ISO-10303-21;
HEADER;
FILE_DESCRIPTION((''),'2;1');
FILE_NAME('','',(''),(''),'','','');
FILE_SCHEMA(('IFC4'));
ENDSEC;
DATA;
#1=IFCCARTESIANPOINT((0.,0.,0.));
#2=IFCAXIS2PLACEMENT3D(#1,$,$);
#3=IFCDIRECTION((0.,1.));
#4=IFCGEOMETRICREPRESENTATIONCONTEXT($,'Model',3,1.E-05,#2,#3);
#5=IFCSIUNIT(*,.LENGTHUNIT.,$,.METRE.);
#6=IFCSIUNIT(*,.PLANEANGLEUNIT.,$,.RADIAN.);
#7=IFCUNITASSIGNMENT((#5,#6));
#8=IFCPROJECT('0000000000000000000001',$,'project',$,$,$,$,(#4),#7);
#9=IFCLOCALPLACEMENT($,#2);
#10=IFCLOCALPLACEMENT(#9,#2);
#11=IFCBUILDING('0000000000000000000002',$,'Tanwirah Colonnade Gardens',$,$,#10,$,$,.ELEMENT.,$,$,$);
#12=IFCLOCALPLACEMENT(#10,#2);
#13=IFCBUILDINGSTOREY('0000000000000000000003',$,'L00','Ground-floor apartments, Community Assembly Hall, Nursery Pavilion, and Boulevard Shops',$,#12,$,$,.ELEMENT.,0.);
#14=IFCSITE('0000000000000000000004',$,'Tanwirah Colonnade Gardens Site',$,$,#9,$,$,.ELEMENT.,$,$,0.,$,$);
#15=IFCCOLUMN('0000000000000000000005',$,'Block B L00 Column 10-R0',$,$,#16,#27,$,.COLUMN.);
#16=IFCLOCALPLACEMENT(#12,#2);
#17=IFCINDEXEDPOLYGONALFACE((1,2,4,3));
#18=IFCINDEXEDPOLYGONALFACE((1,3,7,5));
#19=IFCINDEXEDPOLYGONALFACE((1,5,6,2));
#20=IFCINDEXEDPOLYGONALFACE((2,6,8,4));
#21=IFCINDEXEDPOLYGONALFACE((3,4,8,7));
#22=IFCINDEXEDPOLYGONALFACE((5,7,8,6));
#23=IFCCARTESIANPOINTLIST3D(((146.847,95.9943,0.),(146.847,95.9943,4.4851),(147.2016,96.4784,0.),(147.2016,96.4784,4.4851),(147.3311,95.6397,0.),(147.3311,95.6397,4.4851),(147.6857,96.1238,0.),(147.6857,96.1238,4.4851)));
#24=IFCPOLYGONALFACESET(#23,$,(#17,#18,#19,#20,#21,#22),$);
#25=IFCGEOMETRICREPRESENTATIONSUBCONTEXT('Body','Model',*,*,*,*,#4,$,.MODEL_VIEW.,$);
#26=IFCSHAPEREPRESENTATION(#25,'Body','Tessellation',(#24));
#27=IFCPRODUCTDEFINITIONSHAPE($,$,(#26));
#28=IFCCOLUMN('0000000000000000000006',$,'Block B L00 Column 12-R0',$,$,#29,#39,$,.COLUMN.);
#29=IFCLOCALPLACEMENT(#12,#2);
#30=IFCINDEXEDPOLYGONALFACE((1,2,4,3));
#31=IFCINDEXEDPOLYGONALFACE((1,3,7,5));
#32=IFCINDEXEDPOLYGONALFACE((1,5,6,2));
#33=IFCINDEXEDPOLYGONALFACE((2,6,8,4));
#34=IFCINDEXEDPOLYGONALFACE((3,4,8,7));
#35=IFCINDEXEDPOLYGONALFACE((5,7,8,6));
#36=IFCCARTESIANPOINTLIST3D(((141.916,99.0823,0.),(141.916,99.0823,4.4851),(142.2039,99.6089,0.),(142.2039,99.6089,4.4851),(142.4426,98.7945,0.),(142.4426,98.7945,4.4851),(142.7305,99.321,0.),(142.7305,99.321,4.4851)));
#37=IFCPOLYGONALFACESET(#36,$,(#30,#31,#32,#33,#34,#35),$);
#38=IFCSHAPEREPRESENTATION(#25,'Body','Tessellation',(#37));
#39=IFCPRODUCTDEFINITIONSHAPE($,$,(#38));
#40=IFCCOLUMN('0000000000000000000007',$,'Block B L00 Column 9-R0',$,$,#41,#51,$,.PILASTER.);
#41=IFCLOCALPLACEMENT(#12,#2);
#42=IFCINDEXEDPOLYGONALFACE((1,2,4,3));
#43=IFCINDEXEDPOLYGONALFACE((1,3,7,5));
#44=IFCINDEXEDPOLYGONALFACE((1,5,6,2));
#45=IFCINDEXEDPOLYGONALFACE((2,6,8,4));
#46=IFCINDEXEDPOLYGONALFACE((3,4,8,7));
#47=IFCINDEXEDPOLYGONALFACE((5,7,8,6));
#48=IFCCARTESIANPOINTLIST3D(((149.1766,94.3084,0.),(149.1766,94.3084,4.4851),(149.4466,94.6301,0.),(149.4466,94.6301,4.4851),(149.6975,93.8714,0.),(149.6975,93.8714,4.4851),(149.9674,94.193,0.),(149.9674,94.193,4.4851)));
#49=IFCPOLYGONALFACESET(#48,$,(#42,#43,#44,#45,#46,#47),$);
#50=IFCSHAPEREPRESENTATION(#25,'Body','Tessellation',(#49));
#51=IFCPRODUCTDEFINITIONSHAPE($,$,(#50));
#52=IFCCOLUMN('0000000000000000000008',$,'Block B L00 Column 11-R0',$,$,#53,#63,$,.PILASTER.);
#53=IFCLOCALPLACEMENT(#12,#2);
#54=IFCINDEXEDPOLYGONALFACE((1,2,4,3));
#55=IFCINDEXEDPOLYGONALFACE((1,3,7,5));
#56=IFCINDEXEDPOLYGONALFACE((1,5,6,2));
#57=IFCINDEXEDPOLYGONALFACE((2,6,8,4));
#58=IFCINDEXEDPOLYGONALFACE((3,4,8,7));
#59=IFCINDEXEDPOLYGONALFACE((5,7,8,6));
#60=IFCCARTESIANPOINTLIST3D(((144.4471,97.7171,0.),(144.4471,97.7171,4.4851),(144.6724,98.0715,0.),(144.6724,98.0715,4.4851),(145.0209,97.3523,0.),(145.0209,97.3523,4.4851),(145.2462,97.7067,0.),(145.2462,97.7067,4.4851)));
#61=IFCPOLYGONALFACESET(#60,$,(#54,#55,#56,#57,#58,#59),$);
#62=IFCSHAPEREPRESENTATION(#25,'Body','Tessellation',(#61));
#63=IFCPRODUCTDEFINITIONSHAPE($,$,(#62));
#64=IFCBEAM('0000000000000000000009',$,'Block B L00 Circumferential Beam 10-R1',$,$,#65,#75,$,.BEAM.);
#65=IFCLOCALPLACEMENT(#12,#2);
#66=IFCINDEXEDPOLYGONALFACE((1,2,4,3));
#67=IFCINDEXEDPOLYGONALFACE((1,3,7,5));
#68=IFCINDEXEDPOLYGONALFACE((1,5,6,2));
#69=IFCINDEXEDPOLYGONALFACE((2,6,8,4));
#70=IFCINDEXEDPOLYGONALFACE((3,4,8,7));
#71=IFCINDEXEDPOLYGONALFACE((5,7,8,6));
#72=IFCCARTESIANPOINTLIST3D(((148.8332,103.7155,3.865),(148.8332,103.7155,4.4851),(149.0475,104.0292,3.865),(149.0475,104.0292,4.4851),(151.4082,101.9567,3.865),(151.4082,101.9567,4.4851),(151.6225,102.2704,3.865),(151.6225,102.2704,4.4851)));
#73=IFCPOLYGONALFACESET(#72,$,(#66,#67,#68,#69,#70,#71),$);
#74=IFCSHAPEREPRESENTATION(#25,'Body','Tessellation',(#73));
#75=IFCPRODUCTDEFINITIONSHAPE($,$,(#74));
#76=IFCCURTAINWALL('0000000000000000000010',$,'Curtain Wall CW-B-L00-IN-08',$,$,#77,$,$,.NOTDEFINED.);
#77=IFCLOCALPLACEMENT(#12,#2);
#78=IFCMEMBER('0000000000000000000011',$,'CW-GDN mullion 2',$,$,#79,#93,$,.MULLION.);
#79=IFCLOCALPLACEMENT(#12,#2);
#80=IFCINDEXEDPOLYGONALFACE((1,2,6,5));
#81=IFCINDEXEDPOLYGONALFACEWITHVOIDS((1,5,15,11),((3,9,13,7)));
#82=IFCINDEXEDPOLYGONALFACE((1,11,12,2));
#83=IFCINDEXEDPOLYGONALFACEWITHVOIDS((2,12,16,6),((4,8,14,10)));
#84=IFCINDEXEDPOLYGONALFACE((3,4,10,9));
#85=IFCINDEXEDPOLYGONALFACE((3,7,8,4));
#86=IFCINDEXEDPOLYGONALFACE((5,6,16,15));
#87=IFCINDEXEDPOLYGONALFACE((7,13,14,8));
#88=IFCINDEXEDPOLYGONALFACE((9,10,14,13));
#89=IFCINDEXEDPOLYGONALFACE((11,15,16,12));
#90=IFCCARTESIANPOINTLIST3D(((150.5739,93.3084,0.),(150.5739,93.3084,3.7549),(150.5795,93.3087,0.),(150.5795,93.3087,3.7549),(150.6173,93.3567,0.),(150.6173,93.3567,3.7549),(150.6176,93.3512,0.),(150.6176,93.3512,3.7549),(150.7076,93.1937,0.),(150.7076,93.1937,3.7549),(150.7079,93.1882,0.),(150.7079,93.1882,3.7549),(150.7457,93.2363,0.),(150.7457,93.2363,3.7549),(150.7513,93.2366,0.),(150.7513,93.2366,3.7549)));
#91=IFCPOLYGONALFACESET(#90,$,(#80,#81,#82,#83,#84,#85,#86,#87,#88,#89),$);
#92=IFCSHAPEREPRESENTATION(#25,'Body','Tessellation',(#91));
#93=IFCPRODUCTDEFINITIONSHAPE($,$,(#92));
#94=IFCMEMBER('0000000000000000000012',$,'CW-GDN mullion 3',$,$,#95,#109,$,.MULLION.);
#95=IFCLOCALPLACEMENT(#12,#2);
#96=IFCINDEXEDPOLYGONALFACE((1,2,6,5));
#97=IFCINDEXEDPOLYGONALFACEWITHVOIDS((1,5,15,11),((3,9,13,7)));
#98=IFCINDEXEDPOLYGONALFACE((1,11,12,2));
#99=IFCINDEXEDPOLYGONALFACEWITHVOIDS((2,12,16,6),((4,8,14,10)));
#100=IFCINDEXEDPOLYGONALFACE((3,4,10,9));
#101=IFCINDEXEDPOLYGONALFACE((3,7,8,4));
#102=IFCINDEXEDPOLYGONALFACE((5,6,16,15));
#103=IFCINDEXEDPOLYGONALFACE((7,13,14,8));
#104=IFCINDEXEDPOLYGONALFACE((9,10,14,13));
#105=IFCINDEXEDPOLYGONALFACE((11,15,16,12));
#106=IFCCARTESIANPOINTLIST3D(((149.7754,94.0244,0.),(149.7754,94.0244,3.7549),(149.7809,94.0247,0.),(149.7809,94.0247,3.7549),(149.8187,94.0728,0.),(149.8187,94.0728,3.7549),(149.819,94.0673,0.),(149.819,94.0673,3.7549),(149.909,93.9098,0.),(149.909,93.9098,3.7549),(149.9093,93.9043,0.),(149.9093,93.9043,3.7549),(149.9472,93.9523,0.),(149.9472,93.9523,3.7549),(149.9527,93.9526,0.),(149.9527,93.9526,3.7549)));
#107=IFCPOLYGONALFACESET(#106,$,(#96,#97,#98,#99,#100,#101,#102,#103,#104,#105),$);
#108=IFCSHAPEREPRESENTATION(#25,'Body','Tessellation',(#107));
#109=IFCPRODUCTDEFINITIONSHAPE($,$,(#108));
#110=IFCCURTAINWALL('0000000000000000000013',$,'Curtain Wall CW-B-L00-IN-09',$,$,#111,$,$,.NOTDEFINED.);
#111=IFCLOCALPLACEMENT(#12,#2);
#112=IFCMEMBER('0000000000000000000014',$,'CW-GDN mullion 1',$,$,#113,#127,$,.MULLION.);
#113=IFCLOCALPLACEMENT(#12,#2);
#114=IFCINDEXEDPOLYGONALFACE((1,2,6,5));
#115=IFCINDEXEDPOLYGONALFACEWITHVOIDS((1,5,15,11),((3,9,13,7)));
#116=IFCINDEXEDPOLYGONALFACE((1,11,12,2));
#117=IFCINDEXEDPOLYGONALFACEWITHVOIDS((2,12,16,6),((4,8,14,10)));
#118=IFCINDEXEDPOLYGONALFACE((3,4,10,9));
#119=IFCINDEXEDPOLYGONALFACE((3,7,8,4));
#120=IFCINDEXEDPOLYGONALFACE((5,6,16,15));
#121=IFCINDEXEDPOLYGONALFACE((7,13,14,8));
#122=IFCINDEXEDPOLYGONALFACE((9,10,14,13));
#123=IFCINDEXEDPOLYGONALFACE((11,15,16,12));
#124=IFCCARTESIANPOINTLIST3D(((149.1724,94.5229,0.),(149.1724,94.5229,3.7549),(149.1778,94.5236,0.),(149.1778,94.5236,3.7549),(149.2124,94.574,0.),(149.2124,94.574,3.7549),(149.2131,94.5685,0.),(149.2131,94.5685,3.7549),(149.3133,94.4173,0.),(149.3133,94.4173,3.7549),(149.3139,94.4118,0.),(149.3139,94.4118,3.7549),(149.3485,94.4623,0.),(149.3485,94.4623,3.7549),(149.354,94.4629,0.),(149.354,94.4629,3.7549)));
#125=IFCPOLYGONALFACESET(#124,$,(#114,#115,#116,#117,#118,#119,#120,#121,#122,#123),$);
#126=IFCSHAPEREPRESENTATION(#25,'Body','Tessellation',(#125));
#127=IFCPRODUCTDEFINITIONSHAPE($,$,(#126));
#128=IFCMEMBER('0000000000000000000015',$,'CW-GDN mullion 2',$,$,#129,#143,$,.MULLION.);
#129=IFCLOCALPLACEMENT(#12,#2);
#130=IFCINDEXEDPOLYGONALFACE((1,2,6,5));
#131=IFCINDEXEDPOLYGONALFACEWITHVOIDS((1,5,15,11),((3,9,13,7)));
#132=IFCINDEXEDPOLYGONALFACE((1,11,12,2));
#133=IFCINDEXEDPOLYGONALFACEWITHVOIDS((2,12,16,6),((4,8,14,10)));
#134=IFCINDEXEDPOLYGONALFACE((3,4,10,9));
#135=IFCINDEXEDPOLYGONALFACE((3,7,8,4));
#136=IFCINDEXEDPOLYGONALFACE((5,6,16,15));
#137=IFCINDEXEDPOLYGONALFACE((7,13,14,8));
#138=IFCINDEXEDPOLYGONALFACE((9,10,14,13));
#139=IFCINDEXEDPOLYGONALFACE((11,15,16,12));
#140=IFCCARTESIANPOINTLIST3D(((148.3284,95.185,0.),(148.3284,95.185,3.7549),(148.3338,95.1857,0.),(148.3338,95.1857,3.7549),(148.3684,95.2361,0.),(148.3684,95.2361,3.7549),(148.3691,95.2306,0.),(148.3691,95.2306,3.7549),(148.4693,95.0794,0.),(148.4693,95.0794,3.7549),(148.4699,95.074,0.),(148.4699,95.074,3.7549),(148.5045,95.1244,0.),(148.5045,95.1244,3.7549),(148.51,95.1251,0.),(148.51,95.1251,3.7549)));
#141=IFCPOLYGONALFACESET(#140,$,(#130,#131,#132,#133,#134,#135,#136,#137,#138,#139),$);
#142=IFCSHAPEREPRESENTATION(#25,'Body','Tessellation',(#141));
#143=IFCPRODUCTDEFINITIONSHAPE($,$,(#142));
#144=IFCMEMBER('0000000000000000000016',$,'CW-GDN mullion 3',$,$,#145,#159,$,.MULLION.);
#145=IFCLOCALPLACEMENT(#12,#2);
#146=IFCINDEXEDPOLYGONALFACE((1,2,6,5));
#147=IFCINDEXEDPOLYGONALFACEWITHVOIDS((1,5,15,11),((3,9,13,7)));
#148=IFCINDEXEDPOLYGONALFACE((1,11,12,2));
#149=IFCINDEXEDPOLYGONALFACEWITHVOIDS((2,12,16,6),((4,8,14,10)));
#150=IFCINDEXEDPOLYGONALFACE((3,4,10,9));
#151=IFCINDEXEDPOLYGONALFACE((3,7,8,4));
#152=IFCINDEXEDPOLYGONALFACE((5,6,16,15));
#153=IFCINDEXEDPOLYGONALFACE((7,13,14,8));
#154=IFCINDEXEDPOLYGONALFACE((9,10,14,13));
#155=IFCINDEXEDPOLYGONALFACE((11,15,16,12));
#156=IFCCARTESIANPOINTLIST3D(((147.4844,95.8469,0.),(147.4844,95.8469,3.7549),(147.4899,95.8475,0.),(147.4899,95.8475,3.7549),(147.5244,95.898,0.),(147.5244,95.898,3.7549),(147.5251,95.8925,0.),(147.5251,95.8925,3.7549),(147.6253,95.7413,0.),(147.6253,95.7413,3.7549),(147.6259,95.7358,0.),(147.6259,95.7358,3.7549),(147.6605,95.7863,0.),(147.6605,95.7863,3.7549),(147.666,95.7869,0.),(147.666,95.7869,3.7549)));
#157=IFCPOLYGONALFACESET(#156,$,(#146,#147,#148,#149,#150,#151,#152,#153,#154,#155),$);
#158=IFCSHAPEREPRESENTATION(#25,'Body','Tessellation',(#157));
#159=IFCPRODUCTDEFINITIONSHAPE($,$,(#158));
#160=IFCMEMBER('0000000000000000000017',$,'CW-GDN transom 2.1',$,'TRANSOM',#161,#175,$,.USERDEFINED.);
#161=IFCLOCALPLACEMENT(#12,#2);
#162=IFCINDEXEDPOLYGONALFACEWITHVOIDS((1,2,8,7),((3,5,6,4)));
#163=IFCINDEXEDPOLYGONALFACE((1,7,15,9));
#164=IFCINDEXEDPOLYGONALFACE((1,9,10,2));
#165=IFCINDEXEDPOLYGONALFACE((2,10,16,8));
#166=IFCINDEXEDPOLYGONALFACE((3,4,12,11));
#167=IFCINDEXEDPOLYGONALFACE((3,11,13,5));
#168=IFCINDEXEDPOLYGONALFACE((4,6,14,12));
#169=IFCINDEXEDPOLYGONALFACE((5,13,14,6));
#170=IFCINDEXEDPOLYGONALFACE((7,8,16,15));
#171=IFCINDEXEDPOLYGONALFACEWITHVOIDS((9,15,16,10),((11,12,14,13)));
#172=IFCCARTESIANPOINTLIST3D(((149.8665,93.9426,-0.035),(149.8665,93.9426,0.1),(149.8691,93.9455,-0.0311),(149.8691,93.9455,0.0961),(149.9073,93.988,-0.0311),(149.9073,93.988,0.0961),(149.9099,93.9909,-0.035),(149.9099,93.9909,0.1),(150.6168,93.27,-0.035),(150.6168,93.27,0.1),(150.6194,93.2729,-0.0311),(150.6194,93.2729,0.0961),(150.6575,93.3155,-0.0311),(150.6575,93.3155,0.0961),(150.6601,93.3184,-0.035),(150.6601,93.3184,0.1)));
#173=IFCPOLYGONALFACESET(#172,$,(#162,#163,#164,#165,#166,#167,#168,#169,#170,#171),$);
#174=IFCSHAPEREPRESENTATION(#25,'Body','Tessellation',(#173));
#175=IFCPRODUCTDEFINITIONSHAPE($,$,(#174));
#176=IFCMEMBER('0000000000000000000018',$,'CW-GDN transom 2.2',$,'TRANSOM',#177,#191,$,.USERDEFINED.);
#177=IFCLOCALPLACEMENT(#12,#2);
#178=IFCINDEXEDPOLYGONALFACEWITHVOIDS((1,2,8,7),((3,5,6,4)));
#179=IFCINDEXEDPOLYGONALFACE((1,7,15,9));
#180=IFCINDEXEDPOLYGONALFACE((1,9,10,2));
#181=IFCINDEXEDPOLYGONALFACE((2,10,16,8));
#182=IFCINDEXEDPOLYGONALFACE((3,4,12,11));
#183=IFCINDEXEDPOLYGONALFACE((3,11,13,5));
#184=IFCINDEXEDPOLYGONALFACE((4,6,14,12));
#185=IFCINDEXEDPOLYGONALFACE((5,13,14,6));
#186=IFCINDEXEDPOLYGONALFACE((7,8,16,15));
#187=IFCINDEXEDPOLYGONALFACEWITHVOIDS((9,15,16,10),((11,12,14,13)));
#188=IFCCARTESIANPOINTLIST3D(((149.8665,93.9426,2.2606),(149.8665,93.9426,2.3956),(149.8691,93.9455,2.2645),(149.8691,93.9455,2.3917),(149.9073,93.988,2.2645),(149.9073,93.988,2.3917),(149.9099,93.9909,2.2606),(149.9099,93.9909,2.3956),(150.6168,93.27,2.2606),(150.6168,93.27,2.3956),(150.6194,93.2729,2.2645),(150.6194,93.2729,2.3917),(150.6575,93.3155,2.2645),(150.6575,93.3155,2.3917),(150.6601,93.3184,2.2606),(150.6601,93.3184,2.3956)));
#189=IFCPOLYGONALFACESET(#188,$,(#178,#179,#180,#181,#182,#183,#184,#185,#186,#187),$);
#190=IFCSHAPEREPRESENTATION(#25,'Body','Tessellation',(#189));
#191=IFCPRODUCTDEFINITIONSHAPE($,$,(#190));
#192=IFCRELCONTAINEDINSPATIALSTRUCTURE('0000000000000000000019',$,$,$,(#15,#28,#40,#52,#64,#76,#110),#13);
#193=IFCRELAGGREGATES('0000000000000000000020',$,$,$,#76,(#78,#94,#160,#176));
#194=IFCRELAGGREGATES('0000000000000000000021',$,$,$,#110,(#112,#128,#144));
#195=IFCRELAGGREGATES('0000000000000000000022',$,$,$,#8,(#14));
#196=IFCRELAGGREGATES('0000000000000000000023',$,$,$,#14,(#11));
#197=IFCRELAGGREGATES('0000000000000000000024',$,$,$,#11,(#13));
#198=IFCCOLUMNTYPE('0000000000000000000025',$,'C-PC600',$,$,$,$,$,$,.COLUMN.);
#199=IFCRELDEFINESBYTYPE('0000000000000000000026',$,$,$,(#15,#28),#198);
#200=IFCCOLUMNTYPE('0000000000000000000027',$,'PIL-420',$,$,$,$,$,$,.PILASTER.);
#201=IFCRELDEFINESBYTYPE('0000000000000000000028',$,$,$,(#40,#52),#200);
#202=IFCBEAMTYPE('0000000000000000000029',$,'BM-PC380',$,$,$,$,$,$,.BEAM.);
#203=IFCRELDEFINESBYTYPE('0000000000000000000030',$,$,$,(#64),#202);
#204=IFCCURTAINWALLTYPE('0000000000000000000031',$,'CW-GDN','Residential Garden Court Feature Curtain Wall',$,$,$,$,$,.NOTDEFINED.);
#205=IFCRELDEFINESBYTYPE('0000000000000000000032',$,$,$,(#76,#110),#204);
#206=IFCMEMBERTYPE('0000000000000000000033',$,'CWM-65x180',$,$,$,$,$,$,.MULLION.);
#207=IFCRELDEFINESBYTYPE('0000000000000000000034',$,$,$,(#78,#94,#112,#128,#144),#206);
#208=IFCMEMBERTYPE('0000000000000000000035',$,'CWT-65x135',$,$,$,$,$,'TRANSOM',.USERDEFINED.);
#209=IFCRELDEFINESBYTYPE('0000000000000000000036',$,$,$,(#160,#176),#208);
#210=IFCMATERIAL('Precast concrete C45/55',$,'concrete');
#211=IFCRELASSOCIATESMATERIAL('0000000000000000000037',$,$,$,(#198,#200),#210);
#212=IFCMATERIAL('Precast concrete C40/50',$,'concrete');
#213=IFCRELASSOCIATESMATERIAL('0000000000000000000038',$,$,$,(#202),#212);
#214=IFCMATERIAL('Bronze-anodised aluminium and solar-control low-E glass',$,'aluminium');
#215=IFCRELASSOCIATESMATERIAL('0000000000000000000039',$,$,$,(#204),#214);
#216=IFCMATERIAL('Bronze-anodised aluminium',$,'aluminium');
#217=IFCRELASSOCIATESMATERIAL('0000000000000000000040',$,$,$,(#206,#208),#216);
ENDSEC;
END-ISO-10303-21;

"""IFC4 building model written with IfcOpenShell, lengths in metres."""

from ifc_helpers import new_model, si_unit, direction, frame, origin, origin_2d, place, context, subcontext, project, spatial, rectangle, hollow_rectangle, extrude, material, material_profile, profile_set, type_object, element, aggregate, save


model = new_model("IFC4")

# Units and contexts
model_context = context("Model", 3, precision=1e-05, world=origin(), true_north=direction((0.0, 1.0)))
body_context = subcontext(model_context, "Body", "Model", "MODEL_VIEW")
ifc_project = project(units=[si_unit("LENGTHUNIT", "METRE"), si_unit("PLANEANGLEUNIT", "RADIAN")], contexts=[model_context])

# Site, building, storey
site_placement = place(None, origin())
site = spatial("IfcSite", under=ifc_project, at=site_placement, Name="Tanwirah Colonnade Gardens Site", CompositionType="ELEMENT", RefElevation=0.0)
building_placement = place(site_placement, origin())
building = spatial("IfcBuilding", under=site, at=building_placement, Name="Tanwirah Colonnade Gardens", CompositionType="ELEMENT")
storey_placement = place(building_placement, origin())
storey = spatial("IfcBuildingStorey", under=building, at=storey_placement, Name="L00", Description="Ground-floor apartments, Community Assembly Hall, Nursery Pavilion, and Boulevard Shops", CompositionType="ELEMENT", Elevation=0.0)

# Columns
ifc_material_1 = material(Name="Precast concrete C45/55", Category="concrete")
ifc_material_profile_1 = material_profile(ifc_material_1, rectangle(XDim=0.6001, YDim=0.6001, at=origin_2d()), Name="PC-COL 600x600")
ifc_profile_set_1 = profile_set([ifc_material_profile_1], Name="Precast concrete C45/55")
column_type_1 = type_object("IfcColumnType", Name="C-PC600", PredefinedType="COLUMN", material=ifc_profile_set_1)
for number, where, z_axis, x_axis, name in (
    (1, (147.2664, 96.0591, 0.0), (0.0, 0.0, 1.0), (0.590919, 0.806731, 0.0), "Block B L00 Column 10-R0"),
    (2, (142.3232, 99.2017, 0.0), (0.0, 0.0, 1.0), (0.479713, 0.877425, 0.0), "Block B L00 Column 12-R0"),
):
    element("IfcColumn", number, at=place(storey_placement, frame(where, z_axis=z_axis, x_axis=x_axis)), inside=storey, type_object=column_type_1, Name=name, PredefinedType="COLUMN", context=body_context, shape_type="SweptSolid", body=[
        extrude(rectangle(XDim=0.6001, YDim=0.6001, at=origin_2d()), origin(), (0.0, 0.0, 1.0), 4.4851),
    ])
ifc_material_profile_2 = material_profile(ifc_material_1, rectangle(XDim=0.4199, YDim=0.6799, at=origin_2d()), Name="PC-PIL 420x680")
ifc_profile_set_2 = profile_set([ifc_material_profile_2], Name="Precast concrete C45/55")
column_type_2 = type_object("IfcColumnType", Name="PIL-420", PredefinedType="PILASTER", material=ifc_profile_set_2)
for number, where, z_axis, x_axis, name in (
    (3, (149.572, 94.2507, 0.0), (0.0, 0.0, 1.0), (0.642788, 0.766044, 0.0), "Block B L00 Column 9-R0"),
    (4, (144.8467, 97.7119, 0.0), (0.0, 0.0, 1.0), (0.536482, 0.843912, 0.0), "Block B L00 Column 11-R0"),
):
    element("IfcColumn", number, at=place(storey_placement, frame(where, z_axis=z_axis, x_axis=x_axis)), inside=storey, type_object=column_type_2, Name=name, PredefinedType="PILASTER", context=body_context, shape_type="SweptSolid", body=[
        extrude(rectangle(XDim=0.4199, YDim=0.6799, at=origin_2d()), origin(), (0.0, 0.0, 1.0), 4.4851),
    ])

# Beam
ifc_material_2 = material(Name="Precast concrete C40/50", Category="concrete")
ifc_material_profile_3 = material_profile(ifc_material_2, rectangle(XDim=0.3799, YDim=0.6201, at=origin_2d()), Name="PC-BM 380x620")
ifc_profile_set_3 = profile_set([ifc_material_profile_3], Name="Precast concrete C40/50")
beam_type_1 = type_object("IfcBeamType", Name="BM-PC380", PredefinedType="BEAM", material=ifc_profile_set_3)
beam_1_placement = place(storey_placement, frame((151.5154, 102.1135, 4.175), z_axis=(-0.825758, 0.564024, 0.0), x_axis=(-0.564024, -0.825758, 0.0)))
element("IfcBeam", 5, at=beam_1_placement, inside=storey, type_object=beam_type_1, Name="Block B L00 Circumferential Beam 10-R1", PredefinedType="BEAM", context=body_context, shape_type="SweptSolid", body=[
    extrude(rectangle(XDim=0.3799, YDim=0.6201, at=origin_2d()), origin(), (0.0, 0.0, 1.0), 3.1184),
])

# Curtain walls, members
ifc_material_3 = material(Name="Bronze-anodised aluminium and solar-control low-E glass", Category="aluminium")
curtain_wall_type = type_object("IfcCurtainWallType", Name="CW-GDN", Description="Residential Garden Court Feature Curtain Wall", PredefinedType="NOTDEFINED", material=ifc_material_3)
curtain_wall_1_placement = place(storey_placement, origin())
curtain_wall_1 = element("IfcCurtainWall", 6, at=curtain_wall_1_placement, inside=storey, type_object=curtain_wall_type, Name="Curtain Wall CW-B-L00-IN-08", PredefinedType="NOTDEFINED")
ifc_material_4 = material(Name="Bronze-anodised aluminium", Category="aluminium")
ifc_material_profile_4 = material_profile(ifc_material_4, hollow_rectangle(XDim=0.0649, YDim=0.1799, WallThickness=0.0039, at=origin_2d()), Name="CW-MUL 65x180x4")
ifc_profile_set_4 = profile_set([ifc_material_profile_4], Name="Bronze-anodised aluminium")
member_type_1 = type_object("IfcMemberType", Name="CWM-65x180", PredefinedType="MULLION", material=ifc_profile_set_4)
member_1_placement = place(storey_placement, frame((150.6626, 93.2725, 0.0), z_axis=(0.0, 0.0, 1.0), x_axis=(-0.667689, -0.74444, 0.0)))
member_1 = element("IfcMember", 7, at=member_1_placement, type_object=member_type_1, Name="CW-GDN mullion 2", PredefinedType="MULLION", context=body_context, shape_type="SweptSolid", body=[
    extrude(hollow_rectangle(XDim=0.0649, YDim=0.1799, WallThickness=0.0039, at=origin_2d()), origin(), (0.0, 0.0, 1.0), 3.7549),
])
member_2_placement = place(storey_placement, frame((149.864, 93.9885, 0.0), z_axis=(0.0, 0.0, 1.0), x_axis=(-0.667689, -0.74444, 0.0)))
member_2 = element("IfcMember", 8, at=member_2_placement, type_object=member_type_1, Name="CW-GDN mullion 3", PredefinedType="MULLION", context=body_context, shape_type="SweptSolid", body=[
    extrude(hollow_rectangle(XDim=0.0649, YDim=0.1799, WallThickness=0.0039, at=origin_2d()), origin(), (0.0, 0.0, 1.0), 3.7549),
])
curtain_wall_2_placement = place(storey_placement, origin())
curtain_wall_2 = element("IfcCurtainWall", 9, at=curtain_wall_2_placement, inside=storey, type_object=curtain_wall_type, Name="Curtain Wall CW-B-L00-IN-09", PredefinedType="NOTDEFINED")
member_3_placement = place(storey_placement, frame((149.2632, 94.4929, 0.0), z_axis=(0.0, 0.0, 1.0), x_axis=(-0.617189, -0.786815, 0.0)))
member_3 = element("IfcMember", 10, at=member_3_placement, type_object=member_type_1, Name="CW-GDN mullion 1", PredefinedType="MULLION", context=body_context, shape_type="SweptSolid", body=[
    extrude(hollow_rectangle(XDim=0.0649, YDim=0.1799, WallThickness=0.0039, at=origin_2d()), origin(), (0.0, 0.0, 1.0), 3.7549),
])
member_4_placement = place(storey_placement, frame((148.4192, 95.155, 0.0), z_axis=(0.0, 0.0, 1.0), x_axis=(-0.617189, -0.786815, 0.0)))
member_4 = element("IfcMember", 11, at=member_4_placement, type_object=member_type_1, Name="CW-GDN mullion 2", PredefinedType="MULLION", context=body_context, shape_type="SweptSolid", body=[
    extrude(hollow_rectangle(XDim=0.0649, YDim=0.1799, WallThickness=0.0039, at=origin_2d()), origin(), (0.0, 0.0, 1.0), 3.7549),
])
member_5_placement = place(storey_placement, frame((147.5752, 95.8169, 0.0), z_axis=(0.0, 0.0, 1.0), x_axis=(-0.617189, -0.786815, 0.0)))
member_5 = element("IfcMember", 12, at=member_5_placement, type_object=member_type_1, Name="CW-GDN mullion 3", PredefinedType="MULLION", context=body_context, shape_type="SweptSolid", body=[
    extrude(hollow_rectangle(XDim=0.0649, YDim=0.1799, WallThickness=0.0039, at=origin_2d()), origin(), (0.0, 0.0, 1.0), 3.7549),
])

# Members
ifc_material_profile_5 = material_profile(ifc_material_4, hollow_rectangle(XDim=0.0649, YDim=0.135, WallThickness=0.0039, at=origin_2d()), Name="CW-TRN 65x135x4")
ifc_profile_set_5 = profile_set([ifc_material_profile_5], Name="Bronze-anodised aluminium")
member_type_2 = type_object("IfcMemberType", Name="CWT-65x135", ElementType="TRANSOM", PredefinedType="USERDEFINED", material=ifc_profile_set_5)
member_6_placement = place(storey_placement, frame((150.6384, 93.2942, 0.0325), z_axis=(-0.744582, 0.667531, 0.0), x_axis=(-0.667531, -0.744582, 0.0)))
member_6 = element("IfcMember", 13, at=member_6_placement, type_object=member_type_2, Name="CW-GDN transom 2.1", ObjectType="TRANSOM", PredefinedType="USERDEFINED", context=body_context, shape_type="SweptSolid", body=[
    extrude(hollow_rectangle(XDim=0.0649, YDim=0.135, WallThickness=0.0039, at=origin_2d()), origin(), (0.0, 0.0, 1.0), 1.0076),
])
member_7_placement = place(storey_placement, frame((150.6384, 93.2942, 2.3281), z_axis=(-0.744582, 0.667531, 0.0), x_axis=(-0.667531, -0.744582, 0.0)))
member_7 = element("IfcMember", 14, at=member_7_placement, type_object=member_type_2, Name="CW-GDN transom 2.2", ObjectType="TRANSOM", PredefinedType="USERDEFINED", context=body_context, shape_type="SweptSolid", body=[
    extrude(hollow_rectangle(XDim=0.0649, YDim=0.135, WallThickness=0.0039, at=origin_2d()), origin(), (0.0, 0.0, 1.0), 1.0076),
])

aggregate(curtain_wall_1, [member_1, member_2, member_6, member_7])
aggregate(curtain_wall_2, [member_3, member_4, member_5])

save(model, "model.ifc")
